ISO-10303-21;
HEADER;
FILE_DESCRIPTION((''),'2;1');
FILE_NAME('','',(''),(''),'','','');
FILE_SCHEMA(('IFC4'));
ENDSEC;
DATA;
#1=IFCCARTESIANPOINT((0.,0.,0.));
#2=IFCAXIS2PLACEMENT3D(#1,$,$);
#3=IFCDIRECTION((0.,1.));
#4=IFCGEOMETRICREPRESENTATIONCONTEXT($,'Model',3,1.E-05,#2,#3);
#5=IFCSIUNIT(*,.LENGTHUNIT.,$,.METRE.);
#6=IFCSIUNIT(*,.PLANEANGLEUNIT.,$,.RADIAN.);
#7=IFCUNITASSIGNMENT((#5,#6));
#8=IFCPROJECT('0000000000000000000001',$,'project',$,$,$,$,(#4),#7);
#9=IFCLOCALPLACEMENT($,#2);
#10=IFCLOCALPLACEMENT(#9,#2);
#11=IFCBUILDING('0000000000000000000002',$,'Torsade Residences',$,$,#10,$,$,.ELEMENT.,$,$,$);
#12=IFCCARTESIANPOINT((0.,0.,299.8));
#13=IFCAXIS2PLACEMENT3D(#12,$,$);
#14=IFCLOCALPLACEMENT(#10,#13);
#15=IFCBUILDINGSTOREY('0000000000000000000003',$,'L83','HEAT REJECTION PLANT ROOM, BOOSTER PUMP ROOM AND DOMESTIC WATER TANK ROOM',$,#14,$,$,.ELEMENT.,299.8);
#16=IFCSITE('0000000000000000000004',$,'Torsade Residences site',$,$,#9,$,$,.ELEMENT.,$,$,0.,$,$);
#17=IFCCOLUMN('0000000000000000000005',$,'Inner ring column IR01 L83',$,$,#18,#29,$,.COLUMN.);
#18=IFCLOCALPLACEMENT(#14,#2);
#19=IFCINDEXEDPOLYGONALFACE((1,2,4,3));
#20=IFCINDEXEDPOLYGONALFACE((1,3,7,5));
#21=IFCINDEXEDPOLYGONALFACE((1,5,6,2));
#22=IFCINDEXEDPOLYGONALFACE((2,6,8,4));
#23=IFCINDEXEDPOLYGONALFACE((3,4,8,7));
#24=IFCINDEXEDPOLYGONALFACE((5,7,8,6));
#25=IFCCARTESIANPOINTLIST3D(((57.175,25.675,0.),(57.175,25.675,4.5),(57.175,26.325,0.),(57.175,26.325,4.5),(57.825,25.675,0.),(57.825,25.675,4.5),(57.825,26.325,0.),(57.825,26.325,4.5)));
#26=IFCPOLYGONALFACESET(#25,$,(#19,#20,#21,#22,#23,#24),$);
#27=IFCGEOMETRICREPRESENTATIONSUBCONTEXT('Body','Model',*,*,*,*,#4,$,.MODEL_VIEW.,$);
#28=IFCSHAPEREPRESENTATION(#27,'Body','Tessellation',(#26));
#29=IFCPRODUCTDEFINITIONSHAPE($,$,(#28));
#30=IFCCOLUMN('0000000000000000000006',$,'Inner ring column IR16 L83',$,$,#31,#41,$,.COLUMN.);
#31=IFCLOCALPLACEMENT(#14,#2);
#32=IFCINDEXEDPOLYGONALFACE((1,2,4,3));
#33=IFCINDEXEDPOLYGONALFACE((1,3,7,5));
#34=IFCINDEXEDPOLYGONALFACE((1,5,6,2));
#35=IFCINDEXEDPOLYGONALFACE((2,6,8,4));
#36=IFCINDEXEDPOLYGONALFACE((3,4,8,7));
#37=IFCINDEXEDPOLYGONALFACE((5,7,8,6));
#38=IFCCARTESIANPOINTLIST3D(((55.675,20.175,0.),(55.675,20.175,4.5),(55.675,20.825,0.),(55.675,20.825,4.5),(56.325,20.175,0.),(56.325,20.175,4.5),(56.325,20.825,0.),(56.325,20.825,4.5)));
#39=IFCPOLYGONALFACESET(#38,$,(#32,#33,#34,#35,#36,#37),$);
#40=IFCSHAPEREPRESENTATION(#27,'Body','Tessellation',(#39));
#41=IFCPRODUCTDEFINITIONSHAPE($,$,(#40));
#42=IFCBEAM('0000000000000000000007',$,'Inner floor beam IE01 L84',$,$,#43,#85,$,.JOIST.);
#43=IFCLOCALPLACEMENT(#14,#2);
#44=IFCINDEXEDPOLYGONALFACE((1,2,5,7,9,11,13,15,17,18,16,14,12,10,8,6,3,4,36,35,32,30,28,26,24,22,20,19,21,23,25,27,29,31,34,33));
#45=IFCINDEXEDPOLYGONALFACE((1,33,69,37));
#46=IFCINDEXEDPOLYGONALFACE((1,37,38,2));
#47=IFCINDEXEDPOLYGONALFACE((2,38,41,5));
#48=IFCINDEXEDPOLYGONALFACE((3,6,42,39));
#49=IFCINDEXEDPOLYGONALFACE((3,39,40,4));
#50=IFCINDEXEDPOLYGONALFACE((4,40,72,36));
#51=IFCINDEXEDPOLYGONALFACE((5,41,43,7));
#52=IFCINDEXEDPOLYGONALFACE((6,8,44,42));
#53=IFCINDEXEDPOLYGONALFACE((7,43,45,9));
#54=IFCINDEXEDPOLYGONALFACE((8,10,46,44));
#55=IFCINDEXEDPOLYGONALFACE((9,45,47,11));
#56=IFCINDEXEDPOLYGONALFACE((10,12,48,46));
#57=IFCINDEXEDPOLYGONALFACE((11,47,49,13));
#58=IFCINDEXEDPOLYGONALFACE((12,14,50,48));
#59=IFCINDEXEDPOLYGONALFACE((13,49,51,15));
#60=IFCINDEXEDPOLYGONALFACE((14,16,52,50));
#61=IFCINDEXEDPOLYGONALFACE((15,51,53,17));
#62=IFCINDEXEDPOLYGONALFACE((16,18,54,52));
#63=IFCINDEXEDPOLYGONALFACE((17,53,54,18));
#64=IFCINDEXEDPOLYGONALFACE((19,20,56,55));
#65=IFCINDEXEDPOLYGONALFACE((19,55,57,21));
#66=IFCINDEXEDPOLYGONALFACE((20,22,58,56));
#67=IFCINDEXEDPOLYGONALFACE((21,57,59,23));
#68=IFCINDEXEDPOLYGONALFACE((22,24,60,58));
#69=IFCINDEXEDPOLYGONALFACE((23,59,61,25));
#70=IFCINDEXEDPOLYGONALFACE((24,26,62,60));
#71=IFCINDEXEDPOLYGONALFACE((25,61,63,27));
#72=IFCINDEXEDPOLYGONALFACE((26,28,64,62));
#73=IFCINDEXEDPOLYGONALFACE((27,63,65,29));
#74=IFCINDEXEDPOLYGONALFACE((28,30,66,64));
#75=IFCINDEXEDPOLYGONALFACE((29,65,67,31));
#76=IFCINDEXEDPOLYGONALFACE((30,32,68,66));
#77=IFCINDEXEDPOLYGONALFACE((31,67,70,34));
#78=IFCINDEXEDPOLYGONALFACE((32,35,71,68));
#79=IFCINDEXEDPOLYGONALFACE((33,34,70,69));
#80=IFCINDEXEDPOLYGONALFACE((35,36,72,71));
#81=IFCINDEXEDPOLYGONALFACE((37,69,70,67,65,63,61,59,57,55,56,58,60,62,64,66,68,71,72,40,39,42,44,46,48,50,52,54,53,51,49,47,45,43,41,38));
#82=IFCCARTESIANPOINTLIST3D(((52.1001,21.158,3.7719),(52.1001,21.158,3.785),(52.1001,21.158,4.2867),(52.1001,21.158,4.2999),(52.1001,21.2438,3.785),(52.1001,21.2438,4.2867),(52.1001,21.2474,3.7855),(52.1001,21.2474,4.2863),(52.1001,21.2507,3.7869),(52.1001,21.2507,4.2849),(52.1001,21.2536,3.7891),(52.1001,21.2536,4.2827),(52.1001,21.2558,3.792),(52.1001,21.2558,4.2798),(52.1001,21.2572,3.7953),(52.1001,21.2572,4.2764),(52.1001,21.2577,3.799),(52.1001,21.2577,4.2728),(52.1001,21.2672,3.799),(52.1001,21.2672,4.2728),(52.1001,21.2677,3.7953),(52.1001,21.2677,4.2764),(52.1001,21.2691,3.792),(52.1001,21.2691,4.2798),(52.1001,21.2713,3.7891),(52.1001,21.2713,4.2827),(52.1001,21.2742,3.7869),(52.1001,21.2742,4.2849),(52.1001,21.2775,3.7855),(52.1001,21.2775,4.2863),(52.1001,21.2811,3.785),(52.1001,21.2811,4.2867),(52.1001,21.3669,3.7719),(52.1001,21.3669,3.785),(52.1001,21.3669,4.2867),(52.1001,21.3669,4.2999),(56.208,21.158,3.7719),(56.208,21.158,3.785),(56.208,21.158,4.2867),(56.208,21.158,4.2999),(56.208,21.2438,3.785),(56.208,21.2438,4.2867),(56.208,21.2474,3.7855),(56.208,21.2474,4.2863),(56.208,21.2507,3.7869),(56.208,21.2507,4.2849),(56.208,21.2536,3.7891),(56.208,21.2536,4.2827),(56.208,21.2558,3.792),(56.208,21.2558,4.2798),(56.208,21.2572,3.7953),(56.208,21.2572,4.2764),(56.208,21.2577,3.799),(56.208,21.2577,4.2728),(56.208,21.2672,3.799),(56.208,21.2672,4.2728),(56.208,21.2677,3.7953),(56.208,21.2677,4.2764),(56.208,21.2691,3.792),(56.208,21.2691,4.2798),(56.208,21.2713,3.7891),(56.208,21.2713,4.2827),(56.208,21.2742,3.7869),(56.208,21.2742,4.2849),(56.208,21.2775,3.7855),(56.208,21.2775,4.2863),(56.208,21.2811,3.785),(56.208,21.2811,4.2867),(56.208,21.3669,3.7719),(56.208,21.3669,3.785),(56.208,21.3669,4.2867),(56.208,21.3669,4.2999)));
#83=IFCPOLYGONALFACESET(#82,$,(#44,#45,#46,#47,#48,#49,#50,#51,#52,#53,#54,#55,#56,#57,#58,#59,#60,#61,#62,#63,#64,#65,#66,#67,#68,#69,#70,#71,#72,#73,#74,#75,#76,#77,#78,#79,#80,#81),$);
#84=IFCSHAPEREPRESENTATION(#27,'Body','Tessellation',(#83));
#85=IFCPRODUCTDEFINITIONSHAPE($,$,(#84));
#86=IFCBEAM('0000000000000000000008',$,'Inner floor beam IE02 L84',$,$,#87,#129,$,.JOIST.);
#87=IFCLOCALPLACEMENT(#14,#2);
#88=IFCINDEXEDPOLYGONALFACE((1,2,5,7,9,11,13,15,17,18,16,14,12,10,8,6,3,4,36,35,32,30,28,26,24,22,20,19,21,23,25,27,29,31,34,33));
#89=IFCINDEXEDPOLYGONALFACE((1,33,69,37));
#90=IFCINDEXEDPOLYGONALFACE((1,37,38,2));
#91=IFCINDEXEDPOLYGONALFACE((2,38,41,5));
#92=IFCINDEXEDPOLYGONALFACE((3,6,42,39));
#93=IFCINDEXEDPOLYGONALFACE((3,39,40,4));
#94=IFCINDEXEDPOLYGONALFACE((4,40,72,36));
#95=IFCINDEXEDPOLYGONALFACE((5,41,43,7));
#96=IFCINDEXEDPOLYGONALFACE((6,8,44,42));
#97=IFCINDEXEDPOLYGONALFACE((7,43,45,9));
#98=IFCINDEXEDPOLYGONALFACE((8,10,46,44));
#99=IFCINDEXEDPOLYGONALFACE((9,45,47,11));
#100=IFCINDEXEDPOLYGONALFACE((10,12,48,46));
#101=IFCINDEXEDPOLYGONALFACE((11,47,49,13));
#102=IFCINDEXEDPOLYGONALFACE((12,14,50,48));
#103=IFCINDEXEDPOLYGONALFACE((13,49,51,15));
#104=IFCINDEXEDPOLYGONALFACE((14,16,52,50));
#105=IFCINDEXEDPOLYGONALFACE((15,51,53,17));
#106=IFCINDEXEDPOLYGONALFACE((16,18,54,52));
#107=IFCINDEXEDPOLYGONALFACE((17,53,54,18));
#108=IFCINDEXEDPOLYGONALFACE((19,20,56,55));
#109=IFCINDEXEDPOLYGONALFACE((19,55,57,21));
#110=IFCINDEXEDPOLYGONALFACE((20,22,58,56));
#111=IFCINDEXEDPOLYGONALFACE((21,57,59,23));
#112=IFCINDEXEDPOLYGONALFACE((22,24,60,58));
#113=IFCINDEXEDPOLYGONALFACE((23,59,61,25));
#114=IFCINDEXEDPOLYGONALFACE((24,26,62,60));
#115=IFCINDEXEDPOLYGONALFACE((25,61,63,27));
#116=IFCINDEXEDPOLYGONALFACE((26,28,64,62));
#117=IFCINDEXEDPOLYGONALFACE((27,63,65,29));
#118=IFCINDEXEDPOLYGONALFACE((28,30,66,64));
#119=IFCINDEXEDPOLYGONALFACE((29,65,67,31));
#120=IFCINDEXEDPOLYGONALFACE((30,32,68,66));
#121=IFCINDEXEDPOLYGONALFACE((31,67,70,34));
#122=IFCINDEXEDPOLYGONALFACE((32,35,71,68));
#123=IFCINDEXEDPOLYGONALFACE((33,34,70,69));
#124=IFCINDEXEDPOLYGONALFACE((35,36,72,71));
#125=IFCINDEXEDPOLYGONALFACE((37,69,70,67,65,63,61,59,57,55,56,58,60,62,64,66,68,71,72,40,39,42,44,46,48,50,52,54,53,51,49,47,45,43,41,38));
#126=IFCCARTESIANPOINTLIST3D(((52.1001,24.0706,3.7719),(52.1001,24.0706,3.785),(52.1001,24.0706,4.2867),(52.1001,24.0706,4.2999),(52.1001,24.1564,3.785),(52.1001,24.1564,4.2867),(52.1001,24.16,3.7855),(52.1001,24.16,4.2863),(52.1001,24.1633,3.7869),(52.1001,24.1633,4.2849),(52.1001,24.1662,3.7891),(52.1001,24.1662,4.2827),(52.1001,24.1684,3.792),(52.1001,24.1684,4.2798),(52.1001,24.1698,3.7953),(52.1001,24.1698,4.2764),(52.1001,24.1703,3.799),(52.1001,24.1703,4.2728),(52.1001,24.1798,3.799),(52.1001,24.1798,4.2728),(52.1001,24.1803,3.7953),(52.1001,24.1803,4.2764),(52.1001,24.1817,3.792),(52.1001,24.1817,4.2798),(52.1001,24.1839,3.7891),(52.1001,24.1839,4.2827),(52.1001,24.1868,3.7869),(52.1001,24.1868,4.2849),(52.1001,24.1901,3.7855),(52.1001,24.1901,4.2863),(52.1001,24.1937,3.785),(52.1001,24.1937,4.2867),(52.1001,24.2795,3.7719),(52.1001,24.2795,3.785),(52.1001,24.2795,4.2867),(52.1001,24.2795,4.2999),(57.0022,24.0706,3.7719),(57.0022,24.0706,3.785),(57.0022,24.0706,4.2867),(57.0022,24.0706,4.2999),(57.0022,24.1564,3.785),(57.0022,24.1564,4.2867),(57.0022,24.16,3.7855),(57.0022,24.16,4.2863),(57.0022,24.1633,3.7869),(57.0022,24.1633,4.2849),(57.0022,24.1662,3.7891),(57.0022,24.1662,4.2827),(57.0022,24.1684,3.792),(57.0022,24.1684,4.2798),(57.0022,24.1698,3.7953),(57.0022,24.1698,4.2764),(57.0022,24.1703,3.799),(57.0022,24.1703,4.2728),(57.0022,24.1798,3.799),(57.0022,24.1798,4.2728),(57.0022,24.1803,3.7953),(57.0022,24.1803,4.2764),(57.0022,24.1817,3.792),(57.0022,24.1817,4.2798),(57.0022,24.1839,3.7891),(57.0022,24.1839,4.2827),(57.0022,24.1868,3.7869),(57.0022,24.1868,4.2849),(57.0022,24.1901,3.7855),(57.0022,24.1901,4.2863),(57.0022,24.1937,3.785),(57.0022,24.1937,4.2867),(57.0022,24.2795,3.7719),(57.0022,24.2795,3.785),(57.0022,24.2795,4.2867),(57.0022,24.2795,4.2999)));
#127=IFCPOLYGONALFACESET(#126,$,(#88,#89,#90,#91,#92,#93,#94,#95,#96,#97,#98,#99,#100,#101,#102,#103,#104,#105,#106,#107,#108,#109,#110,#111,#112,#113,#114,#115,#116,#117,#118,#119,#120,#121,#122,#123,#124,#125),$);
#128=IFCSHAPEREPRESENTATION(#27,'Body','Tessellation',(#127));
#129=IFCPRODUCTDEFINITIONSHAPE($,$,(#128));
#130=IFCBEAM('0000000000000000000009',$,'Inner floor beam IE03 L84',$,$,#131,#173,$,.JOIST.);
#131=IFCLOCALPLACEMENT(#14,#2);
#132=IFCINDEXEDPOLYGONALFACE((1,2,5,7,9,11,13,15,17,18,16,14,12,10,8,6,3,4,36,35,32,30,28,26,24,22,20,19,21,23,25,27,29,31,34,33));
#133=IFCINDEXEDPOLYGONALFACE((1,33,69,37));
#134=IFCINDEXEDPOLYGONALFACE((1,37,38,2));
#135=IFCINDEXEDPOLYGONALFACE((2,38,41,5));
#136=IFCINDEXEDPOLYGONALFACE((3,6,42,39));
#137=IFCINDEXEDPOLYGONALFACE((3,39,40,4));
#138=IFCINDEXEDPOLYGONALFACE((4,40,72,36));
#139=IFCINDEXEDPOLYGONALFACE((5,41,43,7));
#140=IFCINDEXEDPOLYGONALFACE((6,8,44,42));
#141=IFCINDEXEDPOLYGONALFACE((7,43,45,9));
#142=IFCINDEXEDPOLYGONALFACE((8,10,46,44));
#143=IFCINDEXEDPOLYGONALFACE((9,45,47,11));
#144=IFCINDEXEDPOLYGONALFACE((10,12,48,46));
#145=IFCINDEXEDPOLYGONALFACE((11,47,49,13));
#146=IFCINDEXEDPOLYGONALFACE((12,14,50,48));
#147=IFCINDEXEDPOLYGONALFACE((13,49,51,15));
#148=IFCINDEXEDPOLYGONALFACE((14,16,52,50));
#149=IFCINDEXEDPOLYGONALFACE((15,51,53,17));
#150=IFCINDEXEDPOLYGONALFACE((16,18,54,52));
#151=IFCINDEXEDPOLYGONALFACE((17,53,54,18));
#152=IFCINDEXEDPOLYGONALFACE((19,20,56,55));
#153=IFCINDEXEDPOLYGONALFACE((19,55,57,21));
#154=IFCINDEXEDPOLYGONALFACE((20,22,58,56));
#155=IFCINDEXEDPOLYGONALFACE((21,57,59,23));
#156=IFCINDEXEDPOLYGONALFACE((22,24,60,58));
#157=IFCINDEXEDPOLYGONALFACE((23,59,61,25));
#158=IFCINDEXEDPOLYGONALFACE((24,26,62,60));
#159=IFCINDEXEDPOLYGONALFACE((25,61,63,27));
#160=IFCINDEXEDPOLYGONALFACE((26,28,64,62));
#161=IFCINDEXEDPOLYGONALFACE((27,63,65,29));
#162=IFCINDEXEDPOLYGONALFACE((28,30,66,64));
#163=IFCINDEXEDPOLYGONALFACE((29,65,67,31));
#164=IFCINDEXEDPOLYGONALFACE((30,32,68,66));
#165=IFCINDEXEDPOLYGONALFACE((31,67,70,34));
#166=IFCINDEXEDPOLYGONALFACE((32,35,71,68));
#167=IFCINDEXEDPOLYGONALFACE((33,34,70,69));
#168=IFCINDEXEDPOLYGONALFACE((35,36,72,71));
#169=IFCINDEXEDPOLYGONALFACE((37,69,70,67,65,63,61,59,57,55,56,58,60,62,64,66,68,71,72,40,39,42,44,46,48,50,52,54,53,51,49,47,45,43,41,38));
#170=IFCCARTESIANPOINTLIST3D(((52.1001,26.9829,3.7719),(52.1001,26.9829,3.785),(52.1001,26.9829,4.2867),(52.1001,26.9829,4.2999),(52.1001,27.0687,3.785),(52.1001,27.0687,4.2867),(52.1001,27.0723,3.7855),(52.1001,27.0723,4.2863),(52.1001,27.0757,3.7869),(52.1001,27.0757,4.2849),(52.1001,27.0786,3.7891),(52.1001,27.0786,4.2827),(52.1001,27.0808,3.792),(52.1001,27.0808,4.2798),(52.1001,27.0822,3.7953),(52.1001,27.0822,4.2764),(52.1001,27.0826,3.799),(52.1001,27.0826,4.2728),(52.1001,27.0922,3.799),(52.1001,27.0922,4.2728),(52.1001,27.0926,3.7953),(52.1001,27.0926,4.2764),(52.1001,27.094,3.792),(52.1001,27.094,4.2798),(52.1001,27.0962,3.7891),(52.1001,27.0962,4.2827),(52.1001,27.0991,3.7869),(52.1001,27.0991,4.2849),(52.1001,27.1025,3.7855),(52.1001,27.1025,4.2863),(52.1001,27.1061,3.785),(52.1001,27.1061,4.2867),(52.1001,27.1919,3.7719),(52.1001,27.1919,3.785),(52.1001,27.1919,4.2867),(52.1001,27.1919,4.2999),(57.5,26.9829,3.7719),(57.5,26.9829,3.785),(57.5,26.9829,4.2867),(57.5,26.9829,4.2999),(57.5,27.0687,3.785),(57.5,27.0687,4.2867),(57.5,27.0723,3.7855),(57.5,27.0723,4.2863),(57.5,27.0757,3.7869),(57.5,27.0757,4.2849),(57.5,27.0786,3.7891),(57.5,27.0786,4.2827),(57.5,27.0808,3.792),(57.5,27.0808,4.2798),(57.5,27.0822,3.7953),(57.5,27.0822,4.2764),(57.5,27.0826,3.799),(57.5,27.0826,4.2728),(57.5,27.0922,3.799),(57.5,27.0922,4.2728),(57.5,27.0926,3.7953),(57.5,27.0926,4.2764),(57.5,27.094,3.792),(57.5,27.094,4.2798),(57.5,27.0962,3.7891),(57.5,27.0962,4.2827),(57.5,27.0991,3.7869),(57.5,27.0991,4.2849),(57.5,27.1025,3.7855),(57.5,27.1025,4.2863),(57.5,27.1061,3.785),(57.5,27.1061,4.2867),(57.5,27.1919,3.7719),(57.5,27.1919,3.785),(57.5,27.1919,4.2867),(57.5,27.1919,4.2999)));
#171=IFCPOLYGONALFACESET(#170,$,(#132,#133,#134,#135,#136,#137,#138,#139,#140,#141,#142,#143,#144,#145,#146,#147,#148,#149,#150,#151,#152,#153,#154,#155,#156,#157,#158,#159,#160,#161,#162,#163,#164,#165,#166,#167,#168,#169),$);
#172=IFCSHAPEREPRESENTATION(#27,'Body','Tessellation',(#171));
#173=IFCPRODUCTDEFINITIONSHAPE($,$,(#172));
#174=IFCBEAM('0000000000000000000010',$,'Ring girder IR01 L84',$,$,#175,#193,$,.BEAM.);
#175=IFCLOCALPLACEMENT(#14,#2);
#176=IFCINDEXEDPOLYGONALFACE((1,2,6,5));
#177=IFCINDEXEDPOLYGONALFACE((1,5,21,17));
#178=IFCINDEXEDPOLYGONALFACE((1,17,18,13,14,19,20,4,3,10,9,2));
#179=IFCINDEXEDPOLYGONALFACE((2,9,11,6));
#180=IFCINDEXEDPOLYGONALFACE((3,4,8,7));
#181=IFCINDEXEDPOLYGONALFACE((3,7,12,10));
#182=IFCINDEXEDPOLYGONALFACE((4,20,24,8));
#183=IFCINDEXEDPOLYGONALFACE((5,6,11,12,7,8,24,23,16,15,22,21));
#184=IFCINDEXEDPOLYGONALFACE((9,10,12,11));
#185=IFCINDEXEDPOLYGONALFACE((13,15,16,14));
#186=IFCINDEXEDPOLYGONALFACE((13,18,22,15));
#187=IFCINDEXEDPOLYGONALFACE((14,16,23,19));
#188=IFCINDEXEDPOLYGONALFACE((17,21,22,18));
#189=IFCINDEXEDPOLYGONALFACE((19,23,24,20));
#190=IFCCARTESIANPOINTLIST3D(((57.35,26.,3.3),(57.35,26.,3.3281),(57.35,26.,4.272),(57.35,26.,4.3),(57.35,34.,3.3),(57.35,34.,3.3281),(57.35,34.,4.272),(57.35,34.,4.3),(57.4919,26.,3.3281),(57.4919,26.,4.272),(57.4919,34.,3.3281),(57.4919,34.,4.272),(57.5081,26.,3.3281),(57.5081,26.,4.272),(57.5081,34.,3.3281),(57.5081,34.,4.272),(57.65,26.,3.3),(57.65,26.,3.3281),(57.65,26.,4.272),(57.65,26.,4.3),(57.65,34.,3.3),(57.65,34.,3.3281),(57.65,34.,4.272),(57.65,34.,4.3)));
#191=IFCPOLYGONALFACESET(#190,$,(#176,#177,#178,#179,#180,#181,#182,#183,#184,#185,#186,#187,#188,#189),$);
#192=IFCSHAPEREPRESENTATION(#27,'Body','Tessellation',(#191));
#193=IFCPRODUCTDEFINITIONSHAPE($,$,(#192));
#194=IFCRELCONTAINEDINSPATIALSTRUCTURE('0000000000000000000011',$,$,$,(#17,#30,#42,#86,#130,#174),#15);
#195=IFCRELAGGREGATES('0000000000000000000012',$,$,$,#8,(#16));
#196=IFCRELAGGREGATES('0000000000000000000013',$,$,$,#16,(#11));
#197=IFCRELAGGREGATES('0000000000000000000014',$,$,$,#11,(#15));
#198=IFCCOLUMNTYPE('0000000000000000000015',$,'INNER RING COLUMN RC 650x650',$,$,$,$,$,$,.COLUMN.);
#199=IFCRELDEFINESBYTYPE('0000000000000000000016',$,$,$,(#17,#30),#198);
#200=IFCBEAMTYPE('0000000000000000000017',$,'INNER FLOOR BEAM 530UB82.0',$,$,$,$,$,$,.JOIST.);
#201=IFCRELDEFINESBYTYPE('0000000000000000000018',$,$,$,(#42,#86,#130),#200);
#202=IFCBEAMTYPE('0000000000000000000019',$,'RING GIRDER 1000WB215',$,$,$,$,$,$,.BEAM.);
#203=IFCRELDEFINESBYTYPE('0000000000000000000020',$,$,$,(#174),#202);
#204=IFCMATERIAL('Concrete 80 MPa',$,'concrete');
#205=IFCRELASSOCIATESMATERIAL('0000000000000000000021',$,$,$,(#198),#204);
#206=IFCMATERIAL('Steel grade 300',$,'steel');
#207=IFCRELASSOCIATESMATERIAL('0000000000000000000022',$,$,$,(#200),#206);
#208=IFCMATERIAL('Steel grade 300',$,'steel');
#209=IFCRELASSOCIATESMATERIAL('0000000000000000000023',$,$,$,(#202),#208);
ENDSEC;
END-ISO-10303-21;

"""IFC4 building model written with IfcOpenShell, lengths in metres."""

from ifc_helpers import new_model, si_unit, direction, frame, origin, origin_2d, place, context, subcontext, project, spatial, rectangle, i_section, extrude, material, material_profile, profile_set, type_object, element, save


model = new_model("IFC4")

# Units and contexts
model_context = context("Model", 3, precision=1e-05, world=origin(), true_north=direction((0.0, 1.0)))
body_context = subcontext(model_context, "Body", "Model", "MODEL_VIEW")
ifc_project = project(units=[si_unit("LENGTHUNIT", "METRE"), si_unit("PLANEANGLEUNIT", "RADIAN")], contexts=[model_context])

# Site, building, storey
site_placement = place(None, origin())
site = spatial("IfcSite", under=ifc_project, at=site_placement, Name="Torsade Residences site", CompositionType="ELEMENT", RefElevation=0.0)
building_placement = place(site_placement, origin())
building = spatial("IfcBuilding", under=site, at=building_placement, Name="Torsade Residences", CompositionType="ELEMENT")
storey_placement = place(building_placement, frame((0.0, 0.0, 299.8)))
storey = spatial("IfcBuildingStorey", under=building, at=storey_placement, Name="L83", Description="HEAT REJECTION PLANT ROOM, BOOSTER PUMP ROOM AND DOMESTIC WATER TANK ROOM", CompositionType="ELEMENT", Elevation=299.8)

# Columns
ifc_material_1 = material(Name="Concrete 80 MPa", Category="concrete")
ifc_material_profile_1 = material_profile(ifc_material_1, rectangle(XDim=0.6499, YDim=0.6499, at=origin_2d()), Name="RC 650x650")
ifc_profile_set_1 = profile_set([ifc_material_profile_1], Name="Concrete 80 MPa")
column_type = type_object("IfcColumnType", Name="INNER RING COLUMN RC 650x650", PredefinedType="COLUMN", material=ifc_profile_set_1)
for number, where, z_axis, x_axis, name in (
    (1, (57.5, 26.0, 0.0), (0.0, 0.0, 1.0), (1.0, 0.0, 0.0), "Inner ring column IR01 L83"),
    (2, (56.0, 20.5, 0.0), (0.0, 0.0, 1.0), (1.0, 0.0, 0.0), "Inner ring column IR16 L83"),
):
    element("IfcColumn", number, at=place(storey_placement, frame(where, z_axis=z_axis, x_axis=x_axis)), inside=storey, type_object=column_type, Name=name, PredefinedType="COLUMN", context=body_context, shape_type="SweptSolid", body=[
        extrude(rectangle(XDim=0.6499, YDim=0.6499, at=origin_2d()), origin(), (0.0, 0.0, 1.0), 4.5),
    ])

# Beams
ifc_material_2 = material(Name="Steel grade 300", Category="steel")
ifc_material_profile_2 = material_profile(ifc_material_2, i_section(OverallWidth=0.209, OverallDepth=0.5281, WebThickness=0.0095, FlangeThickness=0.0132, FilletRadius=0.0139, at=origin_2d()), Name="530UB82.0")
ifc_profile_set_2 = profile_set([ifc_material_profile_2], Name="Steel grade 300")
beam_type_1 = type_object("IfcBeamType", Name="INNER FLOOR BEAM 530UB82.0", PredefinedType="JOIST", material=ifc_profile_set_2)
beam_1_placement = place(storey_placement, frame((52.1001, 21.2625, 4.0359), z_axis=(1.0, 0.0, 0.0), x_axis=(0.0, 1.0, 0.0)))
element("IfcBeam", 3, at=beam_1_placement, inside=storey, type_object=beam_type_1, Name="Inner floor beam IE01 L84", PredefinedType="JOIST", context=body_context, shape_type="SweptSolid", body=[
    extrude(i_section(OverallWidth=0.209, OverallDepth=0.5281, WebThickness=0.0095, FlangeThickness=0.0132, FilletRadius=0.0139, at=origin_2d()), origin(), (0.0, 0.0, 1.0), 4.1079),
])
beam_2_placement = place(storey_placement, frame((52.1001, 24.175, 4.0359), z_axis=(1.0, 0.0, 0.0), x_axis=(0.0, 1.0, 0.0)))
element("IfcBeam", 4, at=beam_2_placement, inside=storey, type_object=beam_type_1, Name="Inner floor beam IE02 L84", PredefinedType="JOIST", context=body_context, shape_type="SweptSolid", body=[
    extrude(i_section(OverallWidth=0.209, OverallDepth=0.5281, WebThickness=0.0095, FlangeThickness=0.0132, FilletRadius=0.0139, at=origin_2d()), origin(), (0.0, 0.0, 1.0), 4.9021),
])
beam_3_placement = place(storey_placement, frame((52.1001, 27.0874, 4.0359), z_axis=(1.0, 0.0, 0.0), x_axis=(0.0, 1.0, 0.0)))
element("IfcBeam", 5, at=beam_3_placement, inside=storey, type_object=beam_type_1, Name="Inner floor beam IE03 L84", PredefinedType="JOIST", context=body_context, shape_type="SweptSolid", body=[
    extrude(i_section(OverallWidth=0.209, OverallDepth=0.5281, WebThickness=0.0095, FlangeThickness=0.0132, FilletRadius=0.0139, at=origin_2d()), origin(), (0.0, 0.0, 1.0), 5.3999),
])
ifc_material_3 = material(Name="Steel grade 300", Category="steel")
ifc_material_profile_3 = material_profile(ifc_material_3, i_section(OverallWidth=0.3, OverallDepth=1.0, WebThickness=0.0161, FlangeThickness=0.0281, at=origin_2d()), Name="1000WB215")
ifc_profile_set_3 = profile_set([ifc_material_profile_3], Name="Steel grade 300")
beam_type_2 = type_object("IfcBeamType", Name="RING GIRDER 1000WB215", PredefinedType="BEAM", material=ifc_profile_set_3)
beam_4_placement = place(storey_placement, frame((57.5, 26.0, 3.8), z_axis=(0.0, 1.0, 0.0), x_axis=(-1.0, 0.0, 0.0)))
element("IfcBeam", 6, at=beam_4_placement, inside=storey, type_object=beam_type_2, Name="Ring girder IR01 L84", PredefinedType="BEAM", context=body_context, shape_type="SweptSolid", body=[
    extrude(i_section(OverallWidth=0.3, OverallDepth=1.0, WebThickness=0.0161, FlangeThickness=0.0281, at=origin_2d()), origin(), (0.0, 0.0, 1.0), 8.0),
])

save(model, "model.ifc")
